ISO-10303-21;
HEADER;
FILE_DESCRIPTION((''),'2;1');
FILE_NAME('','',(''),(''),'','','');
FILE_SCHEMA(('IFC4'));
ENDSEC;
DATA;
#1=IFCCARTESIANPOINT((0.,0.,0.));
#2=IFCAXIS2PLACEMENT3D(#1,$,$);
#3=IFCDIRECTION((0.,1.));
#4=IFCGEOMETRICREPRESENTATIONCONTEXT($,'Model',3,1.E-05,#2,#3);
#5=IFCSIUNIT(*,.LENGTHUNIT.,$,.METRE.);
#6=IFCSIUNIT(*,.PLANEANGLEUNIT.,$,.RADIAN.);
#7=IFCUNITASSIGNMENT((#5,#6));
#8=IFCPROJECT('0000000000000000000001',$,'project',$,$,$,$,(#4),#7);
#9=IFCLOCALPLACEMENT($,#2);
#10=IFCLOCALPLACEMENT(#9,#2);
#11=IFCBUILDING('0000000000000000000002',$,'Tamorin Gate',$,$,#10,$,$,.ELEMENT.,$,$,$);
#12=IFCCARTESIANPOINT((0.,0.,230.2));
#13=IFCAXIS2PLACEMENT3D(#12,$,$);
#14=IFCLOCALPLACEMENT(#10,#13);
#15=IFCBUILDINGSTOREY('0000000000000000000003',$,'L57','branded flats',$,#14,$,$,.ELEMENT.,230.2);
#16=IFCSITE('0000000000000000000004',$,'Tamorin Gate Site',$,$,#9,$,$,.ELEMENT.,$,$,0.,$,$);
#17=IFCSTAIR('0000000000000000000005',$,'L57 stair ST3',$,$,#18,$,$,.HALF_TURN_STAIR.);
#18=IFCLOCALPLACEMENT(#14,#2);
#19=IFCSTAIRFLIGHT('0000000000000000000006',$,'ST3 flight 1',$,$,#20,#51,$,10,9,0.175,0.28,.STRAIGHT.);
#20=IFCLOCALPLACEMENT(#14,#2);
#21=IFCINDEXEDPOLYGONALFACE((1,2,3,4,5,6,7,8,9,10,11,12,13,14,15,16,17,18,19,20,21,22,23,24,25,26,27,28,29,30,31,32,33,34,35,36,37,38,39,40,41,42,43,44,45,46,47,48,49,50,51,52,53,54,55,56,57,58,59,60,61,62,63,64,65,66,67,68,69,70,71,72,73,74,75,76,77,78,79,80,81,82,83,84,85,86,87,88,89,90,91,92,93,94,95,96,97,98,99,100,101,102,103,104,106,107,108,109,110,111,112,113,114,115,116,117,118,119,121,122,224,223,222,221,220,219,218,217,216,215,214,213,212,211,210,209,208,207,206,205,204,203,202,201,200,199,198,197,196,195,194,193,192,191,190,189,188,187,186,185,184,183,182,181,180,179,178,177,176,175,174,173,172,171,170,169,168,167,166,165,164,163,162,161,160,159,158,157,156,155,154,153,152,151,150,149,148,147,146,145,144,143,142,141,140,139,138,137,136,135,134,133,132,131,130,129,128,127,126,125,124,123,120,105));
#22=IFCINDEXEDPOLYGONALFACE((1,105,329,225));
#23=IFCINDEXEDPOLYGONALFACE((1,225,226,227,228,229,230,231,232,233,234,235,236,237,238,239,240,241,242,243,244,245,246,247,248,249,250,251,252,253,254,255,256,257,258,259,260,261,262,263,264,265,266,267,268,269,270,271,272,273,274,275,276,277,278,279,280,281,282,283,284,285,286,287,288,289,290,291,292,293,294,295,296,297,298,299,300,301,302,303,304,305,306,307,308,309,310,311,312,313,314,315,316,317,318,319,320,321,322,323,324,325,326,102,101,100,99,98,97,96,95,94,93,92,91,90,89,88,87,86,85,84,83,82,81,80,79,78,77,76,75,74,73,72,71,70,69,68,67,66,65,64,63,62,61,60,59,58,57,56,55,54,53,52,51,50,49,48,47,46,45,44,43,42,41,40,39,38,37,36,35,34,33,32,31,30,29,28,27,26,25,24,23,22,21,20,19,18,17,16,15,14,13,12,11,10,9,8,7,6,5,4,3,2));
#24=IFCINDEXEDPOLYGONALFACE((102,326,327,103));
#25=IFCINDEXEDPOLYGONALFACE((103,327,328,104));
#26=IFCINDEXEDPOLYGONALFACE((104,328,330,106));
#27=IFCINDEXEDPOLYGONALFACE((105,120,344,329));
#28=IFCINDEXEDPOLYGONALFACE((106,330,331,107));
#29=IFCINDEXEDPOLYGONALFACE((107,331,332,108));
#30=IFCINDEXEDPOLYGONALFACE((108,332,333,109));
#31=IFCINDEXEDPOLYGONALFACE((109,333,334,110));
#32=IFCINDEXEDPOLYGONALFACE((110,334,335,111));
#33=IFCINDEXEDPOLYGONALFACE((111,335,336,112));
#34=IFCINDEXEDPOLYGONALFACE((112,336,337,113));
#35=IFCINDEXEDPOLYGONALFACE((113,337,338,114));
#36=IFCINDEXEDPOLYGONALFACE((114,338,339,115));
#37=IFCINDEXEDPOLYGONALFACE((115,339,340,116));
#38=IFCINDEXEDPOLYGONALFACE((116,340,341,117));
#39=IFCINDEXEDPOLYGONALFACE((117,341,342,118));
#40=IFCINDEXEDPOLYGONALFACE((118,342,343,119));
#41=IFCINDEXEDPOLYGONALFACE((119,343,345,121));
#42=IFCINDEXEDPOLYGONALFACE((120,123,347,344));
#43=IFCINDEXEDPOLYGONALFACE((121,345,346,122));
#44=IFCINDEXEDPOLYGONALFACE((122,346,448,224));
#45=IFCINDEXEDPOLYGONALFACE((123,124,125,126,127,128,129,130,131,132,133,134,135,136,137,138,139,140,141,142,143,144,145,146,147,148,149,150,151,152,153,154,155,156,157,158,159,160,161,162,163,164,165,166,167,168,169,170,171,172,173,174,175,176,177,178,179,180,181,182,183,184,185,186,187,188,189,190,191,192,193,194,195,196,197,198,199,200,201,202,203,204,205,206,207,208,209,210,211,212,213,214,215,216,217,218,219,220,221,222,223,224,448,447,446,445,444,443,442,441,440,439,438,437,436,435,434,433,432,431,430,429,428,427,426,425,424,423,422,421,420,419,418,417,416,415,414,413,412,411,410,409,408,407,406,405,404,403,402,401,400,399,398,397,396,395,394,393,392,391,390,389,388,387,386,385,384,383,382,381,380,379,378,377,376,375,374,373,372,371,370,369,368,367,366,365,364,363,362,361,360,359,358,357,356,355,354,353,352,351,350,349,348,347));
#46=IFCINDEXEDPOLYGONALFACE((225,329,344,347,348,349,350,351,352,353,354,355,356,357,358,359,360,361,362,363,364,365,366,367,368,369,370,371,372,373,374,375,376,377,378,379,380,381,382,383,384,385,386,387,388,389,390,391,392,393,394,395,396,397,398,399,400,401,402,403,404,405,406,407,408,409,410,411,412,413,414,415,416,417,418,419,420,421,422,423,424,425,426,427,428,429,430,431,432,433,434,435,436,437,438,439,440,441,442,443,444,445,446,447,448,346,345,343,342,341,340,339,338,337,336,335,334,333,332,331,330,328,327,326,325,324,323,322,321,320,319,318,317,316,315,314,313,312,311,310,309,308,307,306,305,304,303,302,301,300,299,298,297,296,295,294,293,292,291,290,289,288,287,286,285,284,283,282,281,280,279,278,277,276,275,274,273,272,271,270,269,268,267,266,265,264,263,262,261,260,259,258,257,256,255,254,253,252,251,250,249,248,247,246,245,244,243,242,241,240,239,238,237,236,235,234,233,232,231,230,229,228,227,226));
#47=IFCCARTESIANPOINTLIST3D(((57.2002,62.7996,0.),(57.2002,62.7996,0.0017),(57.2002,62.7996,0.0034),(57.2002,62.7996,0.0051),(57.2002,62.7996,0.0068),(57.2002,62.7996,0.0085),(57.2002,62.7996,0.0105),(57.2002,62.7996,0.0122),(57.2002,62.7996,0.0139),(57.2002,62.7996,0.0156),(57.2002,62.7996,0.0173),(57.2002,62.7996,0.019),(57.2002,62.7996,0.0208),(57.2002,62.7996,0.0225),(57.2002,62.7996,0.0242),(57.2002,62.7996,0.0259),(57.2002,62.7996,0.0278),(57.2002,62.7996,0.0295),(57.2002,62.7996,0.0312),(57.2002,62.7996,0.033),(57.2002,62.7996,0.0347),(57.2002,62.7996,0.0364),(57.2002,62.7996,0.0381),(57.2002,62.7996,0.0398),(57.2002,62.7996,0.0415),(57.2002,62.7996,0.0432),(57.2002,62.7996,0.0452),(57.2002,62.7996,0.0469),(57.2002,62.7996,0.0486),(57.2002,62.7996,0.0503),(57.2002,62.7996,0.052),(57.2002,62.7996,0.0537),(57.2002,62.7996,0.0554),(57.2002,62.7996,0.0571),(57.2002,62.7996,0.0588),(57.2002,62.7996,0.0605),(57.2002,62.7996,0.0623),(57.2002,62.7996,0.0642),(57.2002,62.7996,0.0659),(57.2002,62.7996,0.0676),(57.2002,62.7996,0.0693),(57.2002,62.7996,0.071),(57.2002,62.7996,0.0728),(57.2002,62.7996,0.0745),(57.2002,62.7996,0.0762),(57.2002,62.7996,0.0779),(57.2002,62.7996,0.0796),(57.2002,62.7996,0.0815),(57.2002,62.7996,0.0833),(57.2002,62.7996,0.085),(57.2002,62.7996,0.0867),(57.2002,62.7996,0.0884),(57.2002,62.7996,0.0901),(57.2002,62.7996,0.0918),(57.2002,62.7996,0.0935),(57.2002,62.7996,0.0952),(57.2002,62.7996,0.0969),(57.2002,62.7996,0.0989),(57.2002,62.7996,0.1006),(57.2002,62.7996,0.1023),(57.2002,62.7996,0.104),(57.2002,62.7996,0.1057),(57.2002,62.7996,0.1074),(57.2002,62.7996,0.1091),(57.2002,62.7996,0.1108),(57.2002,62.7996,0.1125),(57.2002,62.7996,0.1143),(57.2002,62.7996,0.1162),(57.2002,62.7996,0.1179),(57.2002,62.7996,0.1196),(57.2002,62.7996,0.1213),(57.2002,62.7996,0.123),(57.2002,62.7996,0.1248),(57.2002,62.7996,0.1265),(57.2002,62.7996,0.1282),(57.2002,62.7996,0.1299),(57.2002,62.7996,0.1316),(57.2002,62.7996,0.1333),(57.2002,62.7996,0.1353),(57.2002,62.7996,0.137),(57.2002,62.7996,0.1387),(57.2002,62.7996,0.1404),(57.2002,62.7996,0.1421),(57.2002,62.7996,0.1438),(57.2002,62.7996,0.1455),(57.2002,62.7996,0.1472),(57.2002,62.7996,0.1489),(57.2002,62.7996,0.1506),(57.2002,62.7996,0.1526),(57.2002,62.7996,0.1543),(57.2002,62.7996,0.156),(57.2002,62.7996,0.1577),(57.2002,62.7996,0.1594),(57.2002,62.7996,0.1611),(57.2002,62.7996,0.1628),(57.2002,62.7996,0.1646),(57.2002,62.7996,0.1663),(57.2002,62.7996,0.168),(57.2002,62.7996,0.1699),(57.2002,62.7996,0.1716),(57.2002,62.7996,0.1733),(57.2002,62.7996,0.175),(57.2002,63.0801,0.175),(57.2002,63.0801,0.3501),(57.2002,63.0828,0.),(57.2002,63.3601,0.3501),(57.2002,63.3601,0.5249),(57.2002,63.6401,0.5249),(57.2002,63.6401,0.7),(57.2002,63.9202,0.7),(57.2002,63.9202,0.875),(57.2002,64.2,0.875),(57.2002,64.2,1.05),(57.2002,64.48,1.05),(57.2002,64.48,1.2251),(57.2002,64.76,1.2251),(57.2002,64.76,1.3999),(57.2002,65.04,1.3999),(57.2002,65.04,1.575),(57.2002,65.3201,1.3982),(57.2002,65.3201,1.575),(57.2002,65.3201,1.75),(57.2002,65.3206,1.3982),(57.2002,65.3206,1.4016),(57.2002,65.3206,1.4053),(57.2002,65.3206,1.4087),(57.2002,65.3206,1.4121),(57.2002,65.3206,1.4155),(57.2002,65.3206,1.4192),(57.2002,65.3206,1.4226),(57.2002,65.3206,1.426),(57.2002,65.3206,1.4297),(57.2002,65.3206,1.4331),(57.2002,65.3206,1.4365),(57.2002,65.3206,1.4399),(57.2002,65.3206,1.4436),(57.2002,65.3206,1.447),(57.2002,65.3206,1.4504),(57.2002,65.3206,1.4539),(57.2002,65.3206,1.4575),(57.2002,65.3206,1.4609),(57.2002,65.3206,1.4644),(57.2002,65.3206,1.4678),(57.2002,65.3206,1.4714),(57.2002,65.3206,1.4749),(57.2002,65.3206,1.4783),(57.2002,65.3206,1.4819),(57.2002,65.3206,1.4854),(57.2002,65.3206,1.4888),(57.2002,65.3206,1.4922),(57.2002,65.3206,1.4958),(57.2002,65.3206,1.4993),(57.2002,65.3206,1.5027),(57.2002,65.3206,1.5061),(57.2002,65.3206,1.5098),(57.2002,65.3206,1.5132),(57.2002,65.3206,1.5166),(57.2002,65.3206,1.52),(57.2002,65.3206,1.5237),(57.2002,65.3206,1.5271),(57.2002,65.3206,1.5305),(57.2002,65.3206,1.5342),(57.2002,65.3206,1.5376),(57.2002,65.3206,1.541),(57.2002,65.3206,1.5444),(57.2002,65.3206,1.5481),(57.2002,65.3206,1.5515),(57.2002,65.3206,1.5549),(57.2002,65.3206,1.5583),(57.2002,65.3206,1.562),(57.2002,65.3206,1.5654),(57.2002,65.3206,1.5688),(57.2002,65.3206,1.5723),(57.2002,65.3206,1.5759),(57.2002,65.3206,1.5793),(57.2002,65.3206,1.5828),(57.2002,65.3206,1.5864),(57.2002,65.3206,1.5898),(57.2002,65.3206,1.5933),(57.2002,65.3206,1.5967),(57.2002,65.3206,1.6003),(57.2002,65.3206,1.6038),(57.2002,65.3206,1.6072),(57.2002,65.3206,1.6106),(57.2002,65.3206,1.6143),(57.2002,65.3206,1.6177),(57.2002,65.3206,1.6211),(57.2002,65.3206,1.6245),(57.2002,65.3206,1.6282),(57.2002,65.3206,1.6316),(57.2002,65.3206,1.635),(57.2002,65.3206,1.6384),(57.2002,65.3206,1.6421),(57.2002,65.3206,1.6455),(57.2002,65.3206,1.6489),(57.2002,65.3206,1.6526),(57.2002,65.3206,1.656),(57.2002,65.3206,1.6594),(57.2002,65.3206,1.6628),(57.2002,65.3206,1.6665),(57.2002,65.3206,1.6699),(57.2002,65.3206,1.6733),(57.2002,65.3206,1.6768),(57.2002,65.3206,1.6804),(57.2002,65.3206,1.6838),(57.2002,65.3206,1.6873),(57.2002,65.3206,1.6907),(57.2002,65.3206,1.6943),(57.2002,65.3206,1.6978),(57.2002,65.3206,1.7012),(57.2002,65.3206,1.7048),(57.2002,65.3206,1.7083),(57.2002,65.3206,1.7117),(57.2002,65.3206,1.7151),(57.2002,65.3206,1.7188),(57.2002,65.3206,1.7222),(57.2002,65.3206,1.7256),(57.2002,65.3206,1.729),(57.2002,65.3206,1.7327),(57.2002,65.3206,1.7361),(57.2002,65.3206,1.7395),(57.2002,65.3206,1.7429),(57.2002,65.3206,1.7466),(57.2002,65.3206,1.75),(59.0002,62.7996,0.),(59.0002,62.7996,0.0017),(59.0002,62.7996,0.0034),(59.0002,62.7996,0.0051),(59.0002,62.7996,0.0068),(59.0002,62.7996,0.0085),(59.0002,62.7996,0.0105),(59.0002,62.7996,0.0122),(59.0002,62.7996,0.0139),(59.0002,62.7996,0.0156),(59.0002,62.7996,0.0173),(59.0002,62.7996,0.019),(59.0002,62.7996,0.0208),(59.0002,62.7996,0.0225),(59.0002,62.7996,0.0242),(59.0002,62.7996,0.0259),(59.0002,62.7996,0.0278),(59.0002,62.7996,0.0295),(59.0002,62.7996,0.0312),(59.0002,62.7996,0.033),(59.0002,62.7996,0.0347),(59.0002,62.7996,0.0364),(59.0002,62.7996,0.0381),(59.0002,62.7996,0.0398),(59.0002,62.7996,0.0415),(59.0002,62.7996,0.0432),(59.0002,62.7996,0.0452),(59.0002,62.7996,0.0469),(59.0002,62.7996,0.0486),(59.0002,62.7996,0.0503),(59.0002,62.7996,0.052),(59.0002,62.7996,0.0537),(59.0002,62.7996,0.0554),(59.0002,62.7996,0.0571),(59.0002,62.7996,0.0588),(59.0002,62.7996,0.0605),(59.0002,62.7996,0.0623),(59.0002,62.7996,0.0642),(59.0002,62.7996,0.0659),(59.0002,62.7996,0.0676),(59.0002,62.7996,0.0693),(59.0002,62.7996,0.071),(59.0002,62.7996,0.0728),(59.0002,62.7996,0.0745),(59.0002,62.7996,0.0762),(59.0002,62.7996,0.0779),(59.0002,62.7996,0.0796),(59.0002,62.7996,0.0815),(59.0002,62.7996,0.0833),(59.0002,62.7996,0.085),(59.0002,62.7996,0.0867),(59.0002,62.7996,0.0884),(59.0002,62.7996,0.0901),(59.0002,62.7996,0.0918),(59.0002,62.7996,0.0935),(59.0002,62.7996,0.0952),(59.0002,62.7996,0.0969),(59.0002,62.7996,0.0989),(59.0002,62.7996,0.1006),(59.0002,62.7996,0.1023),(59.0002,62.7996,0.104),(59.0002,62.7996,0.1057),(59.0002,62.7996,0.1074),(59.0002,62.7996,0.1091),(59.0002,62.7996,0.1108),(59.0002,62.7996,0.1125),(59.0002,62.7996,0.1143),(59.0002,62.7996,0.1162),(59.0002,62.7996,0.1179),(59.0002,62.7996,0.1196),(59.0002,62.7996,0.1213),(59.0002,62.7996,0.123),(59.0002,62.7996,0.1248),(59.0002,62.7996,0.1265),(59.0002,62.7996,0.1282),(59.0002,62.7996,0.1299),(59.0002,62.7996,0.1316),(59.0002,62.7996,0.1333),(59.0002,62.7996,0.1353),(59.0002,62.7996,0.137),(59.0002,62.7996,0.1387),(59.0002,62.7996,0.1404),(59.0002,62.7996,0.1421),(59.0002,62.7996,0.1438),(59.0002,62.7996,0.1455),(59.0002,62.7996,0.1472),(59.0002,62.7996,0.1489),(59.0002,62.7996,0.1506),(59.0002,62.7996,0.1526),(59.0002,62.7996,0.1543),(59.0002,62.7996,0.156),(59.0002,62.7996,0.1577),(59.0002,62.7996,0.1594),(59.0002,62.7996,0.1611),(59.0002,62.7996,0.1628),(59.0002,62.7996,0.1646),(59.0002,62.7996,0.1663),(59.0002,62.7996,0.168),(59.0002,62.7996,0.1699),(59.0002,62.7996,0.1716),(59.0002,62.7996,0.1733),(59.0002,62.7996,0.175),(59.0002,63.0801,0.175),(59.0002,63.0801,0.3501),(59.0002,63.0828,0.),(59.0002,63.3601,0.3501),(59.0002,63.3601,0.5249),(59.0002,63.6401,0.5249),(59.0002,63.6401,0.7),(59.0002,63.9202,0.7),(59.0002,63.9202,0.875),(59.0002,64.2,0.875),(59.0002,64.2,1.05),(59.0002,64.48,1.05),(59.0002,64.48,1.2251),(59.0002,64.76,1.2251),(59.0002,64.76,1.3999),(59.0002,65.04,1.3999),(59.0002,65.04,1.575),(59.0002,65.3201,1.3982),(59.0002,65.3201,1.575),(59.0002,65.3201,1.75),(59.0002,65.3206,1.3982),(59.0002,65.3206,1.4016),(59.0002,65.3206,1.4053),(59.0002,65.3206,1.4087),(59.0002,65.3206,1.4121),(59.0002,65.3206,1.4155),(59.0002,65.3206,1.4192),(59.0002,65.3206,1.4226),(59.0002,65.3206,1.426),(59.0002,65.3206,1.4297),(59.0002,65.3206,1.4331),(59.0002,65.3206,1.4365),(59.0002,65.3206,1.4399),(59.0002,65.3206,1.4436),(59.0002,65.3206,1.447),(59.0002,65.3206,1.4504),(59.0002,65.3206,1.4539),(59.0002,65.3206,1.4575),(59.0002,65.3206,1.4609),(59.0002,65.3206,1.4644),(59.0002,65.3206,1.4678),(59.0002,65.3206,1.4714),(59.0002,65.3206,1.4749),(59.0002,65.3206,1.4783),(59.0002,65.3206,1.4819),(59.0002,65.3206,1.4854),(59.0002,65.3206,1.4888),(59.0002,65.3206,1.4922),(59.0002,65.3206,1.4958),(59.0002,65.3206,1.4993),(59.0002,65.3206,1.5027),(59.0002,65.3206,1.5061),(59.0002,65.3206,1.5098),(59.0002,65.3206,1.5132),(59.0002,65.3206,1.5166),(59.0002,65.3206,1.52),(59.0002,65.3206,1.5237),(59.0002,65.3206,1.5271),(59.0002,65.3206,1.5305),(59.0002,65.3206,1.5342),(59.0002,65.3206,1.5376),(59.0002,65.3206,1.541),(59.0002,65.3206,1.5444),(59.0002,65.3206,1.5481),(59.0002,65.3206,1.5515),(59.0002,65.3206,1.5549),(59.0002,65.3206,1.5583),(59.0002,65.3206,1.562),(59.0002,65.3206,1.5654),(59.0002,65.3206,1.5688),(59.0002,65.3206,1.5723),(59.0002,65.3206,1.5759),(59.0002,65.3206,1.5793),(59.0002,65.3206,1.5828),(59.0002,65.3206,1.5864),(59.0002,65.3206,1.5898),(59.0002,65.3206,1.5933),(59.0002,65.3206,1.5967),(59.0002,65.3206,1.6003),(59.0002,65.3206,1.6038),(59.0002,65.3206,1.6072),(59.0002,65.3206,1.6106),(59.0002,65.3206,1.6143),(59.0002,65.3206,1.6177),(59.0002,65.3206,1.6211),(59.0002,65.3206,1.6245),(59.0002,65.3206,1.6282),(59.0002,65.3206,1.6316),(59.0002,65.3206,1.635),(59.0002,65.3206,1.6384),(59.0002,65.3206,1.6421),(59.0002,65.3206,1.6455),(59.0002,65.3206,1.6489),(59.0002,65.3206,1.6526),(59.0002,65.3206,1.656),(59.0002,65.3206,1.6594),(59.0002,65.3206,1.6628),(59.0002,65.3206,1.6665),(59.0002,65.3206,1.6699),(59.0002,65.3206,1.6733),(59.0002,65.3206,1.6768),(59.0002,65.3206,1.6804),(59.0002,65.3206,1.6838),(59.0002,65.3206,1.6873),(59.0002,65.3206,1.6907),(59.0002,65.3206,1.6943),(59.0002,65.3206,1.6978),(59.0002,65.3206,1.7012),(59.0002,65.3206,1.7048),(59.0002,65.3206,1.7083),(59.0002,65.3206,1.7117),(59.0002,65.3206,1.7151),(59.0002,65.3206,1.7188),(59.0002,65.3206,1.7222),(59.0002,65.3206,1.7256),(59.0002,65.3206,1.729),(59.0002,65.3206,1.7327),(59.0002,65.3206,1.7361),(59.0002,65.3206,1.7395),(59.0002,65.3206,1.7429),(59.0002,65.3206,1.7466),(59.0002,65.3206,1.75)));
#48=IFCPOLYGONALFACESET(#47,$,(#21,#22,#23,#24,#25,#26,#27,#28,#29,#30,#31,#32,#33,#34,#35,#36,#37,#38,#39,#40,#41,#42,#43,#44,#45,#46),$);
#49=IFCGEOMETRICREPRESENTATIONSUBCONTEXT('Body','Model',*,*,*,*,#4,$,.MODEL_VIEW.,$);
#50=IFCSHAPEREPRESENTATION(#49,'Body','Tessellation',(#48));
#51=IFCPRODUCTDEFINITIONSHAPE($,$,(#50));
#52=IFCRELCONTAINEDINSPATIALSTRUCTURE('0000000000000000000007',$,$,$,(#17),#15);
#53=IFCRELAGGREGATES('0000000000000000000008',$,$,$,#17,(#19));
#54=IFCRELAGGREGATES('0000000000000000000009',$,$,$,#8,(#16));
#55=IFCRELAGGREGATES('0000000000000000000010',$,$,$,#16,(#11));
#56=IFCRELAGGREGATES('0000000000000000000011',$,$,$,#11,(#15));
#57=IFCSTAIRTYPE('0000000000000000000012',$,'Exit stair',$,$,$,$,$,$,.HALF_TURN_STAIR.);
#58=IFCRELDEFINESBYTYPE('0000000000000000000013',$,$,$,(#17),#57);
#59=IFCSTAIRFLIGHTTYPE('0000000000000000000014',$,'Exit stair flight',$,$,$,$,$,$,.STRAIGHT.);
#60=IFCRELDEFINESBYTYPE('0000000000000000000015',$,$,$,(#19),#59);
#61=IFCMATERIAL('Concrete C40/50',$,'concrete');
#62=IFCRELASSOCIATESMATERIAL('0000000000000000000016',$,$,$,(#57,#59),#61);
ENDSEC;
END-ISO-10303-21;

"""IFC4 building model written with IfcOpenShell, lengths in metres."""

from ifc_helpers import new_model, si_unit, direction, frame, origin, place, context, subcontext, project, spatial, polyline, outline, extrude, material, type_object, element, aggregate, save


model = new_model("IFC4")

# Units and contexts
model_context = context("Model", 3, precision=1e-05, world=origin(), true_north=direction((0.0, 1.0)))
body_context = subcontext(model_context, "Body", "Model", "MODEL_VIEW")
ifc_project = project(units=[si_unit("LENGTHUNIT", "METRE"), si_unit("PLANEANGLEUNIT", "RADIAN")], contexts=[model_context])

# Site, building, storey
site_placement = place(None, origin())
site = spatial("IfcSite", under=ifc_project, at=site_placement, Name="Tamorin Gate Site", CompositionType="ELEMENT", RefElevation=0.0)
building_placement = place(site_placement, origin())
building = spatial("IfcBuilding", under=site, at=building_placement, Name="Tamorin Gate", CompositionType="ELEMENT")
storey_placement = place(building_placement, frame((0.0, 0.0, 230.2)))
storey = spatial("IfcBuildingStorey", under=building, at=storey_placement, Name="L57", Description="branded flats", CompositionType="ELEMENT", Elevation=230.2)

# Stair, stair flight
ifc_material_1 = material(Name="Concrete C40/50", Category="concrete")
stair_type = type_object("IfcStairType", Name="Exit stair", PredefinedType="HALF_TURN_STAIR", material=ifc_material_1)
stair_placement = place(storey_placement, origin())
stair = element("IfcStair", 1, at=stair_placement, inside=storey, type_object=stair_type, Name="L57 stair ST3", PredefinedType="HALF_TURN_STAIR")
stair_flight_type = type_object("IfcStairFlightType", Name="Exit stair flight", PredefinedType="STRAIGHT", material=ifc_material_1)
stair_flight_1_placement = place(storey_placement, frame((58.1001, 62.8, 0.0), z_axis=(0.0, 0.0, 1.0), x_axis=(0.0, 1.0, 0.0)))
stair_flight_1 = element("IfcStairFlight", 2, at=stair_flight_1_placement, type_object=stair_flight_type, Name="ST3 flight 1", NumberOfRisers=10, NumberOfTreads=9, PredefinedType="STRAIGHT", RiserHeight=0.175, TreadLength=0.28, context=body_context, shape_type="SweptSolid", body=[
    extrude(outline(polyline([(-0.0005, 0.0), (-0.0005, 0.0017), (-0.0005, 0.0034), (-0.0005, 0.0051), (-0.0005, 0.0068), (-0.0005, 0.0085), (-0.0005, 0.0105), (-0.0005, 0.0122), (-0.0005, 0.0139), (-0.0005, 0.0156), (-0.0005, 0.0173), (-0.0005, 0.019), (-0.0005, 0.0208), (-0.0005, 0.0225), (-0.0005, 0.0242), (-0.0005, 0.0259), (-0.0005, 0.0278), (-0.0005, 0.0295), (-0.0005, 0.0312), (-0.0005, 0.033), (-0.0005, 0.0347), (-0.0005, 0.0364), (-0.0005, 0.0381), (-0.0005, 0.0398), (-0.0005, 0.0415), (-0.0005, 0.0432), (-0.0005, 0.0452), (-0.0005, 0.0469), (-0.0005, 0.0486), (-0.0005, 0.0503), (-0.0005, 0.052), (-0.0005, 0.0537), (-0.0005, 0.0554), (-0.0005, 0.0571), (-0.0005, 0.0588), (-0.0005, 0.0605), (-0.0005, 0.0623), (-0.0005, 0.0642), (-0.0005, 0.0659), (-0.0005, 0.0676), (-0.0005, 0.0693), (-0.0005, 0.071), (-0.0005, 0.0728), (-0.0005, 0.0745), (-0.0005, 0.0762), (-0.0005, 0.0779), (-0.0005, 0.0796), (-0.0005, 0.0815), (-0.0005, 0.0833), (-0.0005, 0.085), (-0.0005, 0.0867), (-0.0005, 0.0884), (-0.0005, 0.0901), (-0.0005, 0.0918), (-0.0005, 0.0935), (-0.0005, 0.0952), (-0.0005, 0.0969), (-0.0005, 0.0989), (-0.0005, 0.1006), (-0.0005, 0.1023), (-0.0005, 0.104), (-0.0005, 0.1057), (-0.0005, 0.1074), (-0.0005, 0.1091), (-0.0005, 0.1108), (-0.0005, 0.1125), (-0.0005, 0.1143), (-0.0005, 0.1162), (-0.0005, 0.1179), (-0.0005, 0.1196), (-0.0005, 0.1213), (-0.0005, 0.123), (-0.0005, 0.1248), (-0.0005, 0.1265), (-0.0005, 0.1282), (-0.0005, 0.1299), (-0.0005, 0.1316), (-0.0005, 0.1333), (-0.0005, 0.1353), (-0.0005, 0.137), (-0.0005, 0.1387), (-0.0005, 0.1404), (-0.0005, 0.1421), (-0.0005, 0.1438), (-0.0005, 0.1455), (-0.0005, 0.1472), (-0.0005, 0.1489), (-0.0005, 0.1506), (-0.0005, 0.1526), (-0.0005, 0.1543), (-0.0005, 0.156), (-0.0005, 0.1577), (-0.0005, 0.1594), (-0.0005, 0.1611), (-0.0005, 0.1628), (-0.0005, 0.1646), (-0.0005, 0.1663), (-0.0005, 0.168), (-0.0005, 0.1699), (-0.0005, 0.1716), (-0.0005, 0.1733), (-0.0005, 0.175), (0.28, 0.175), (0.28, 0.3501), (0.5601, 0.3501), (0.5601, 0.5249), (0.8401, 0.5249), (0.8401, 0.7), (1.1201, 0.7), (1.1201, 0.875), (1.3999, 0.875), (1.3999, 1.05), (1.6799, 1.05), (1.6799, 1.2251), (1.96, 1.2251), (1.96, 1.3999), (2.24, 1.3999), (2.24, 1.575), (2.52, 1.575), (2.52, 1.75), (2.5205, 1.75), (2.5205, 1.7466), (2.5205, 1.7429), (2.5205, 1.7395), (2.5205, 1.7361), (2.5205, 1.7327), (2.5205, 1.729), (2.5205, 1.7256), (2.5205, 1.7222), (2.5205, 1.7188), (2.5205, 1.7151), (2.5205, 1.7117), (2.5205, 1.7083), (2.5205, 1.7048), (2.5205, 1.7012), (2.5205, 1.6978), (2.5205, 1.6943), (2.5205, 1.6907), (2.5205, 1.6873), (2.5205, 1.6838), (2.5205, 1.6804), (2.5205, 1.6768), (2.5205, 1.6733), (2.5205, 1.6699), (2.5205, 1.6665), (2.5205, 1.6628), (2.5205, 1.6594), (2.5205, 1.656), (2.5205, 1.6526), (2.5205, 1.6489), (2.5205, 1.6455), (2.5205, 1.6421), (2.5205, 1.6384), (2.5205, 1.635), (2.5205, 1.6316), (2.5205, 1.6282), (2.5205, 1.6245), (2.5205, 1.6211), (2.5205, 1.6177), (2.5205, 1.6143), (2.5205, 1.6106), (2.5205, 1.6072), (2.5205, 1.6038), (2.5205, 1.6003), (2.5205, 1.5967), (2.5205, 1.5933), (2.5205, 1.5898), (2.5205, 1.5864), (2.5205, 1.5828), (2.5205, 1.5793), (2.5205, 1.5759), (2.5205, 1.5723), (2.5205, 1.5688), (2.5205, 1.5654), (2.5205, 1.562), (2.5205, 1.5583), (2.5205, 1.5549), (2.5205, 1.5515), (2.5205, 1.5481), (2.5205, 1.5444), (2.5205, 1.541), (2.5205, 1.5376), (2.5205, 1.5342), (2.5205, 1.5305), (2.5205, 1.5271), (2.5205, 1.5237), (2.5205, 1.52), (2.5205, 1.5166), (2.5205, 1.5132), (2.5205, 1.5098), (2.5205, 1.5061), (2.5205, 1.5027), (2.5205, 1.4993), (2.5205, 1.4958), (2.5205, 1.4922), (2.5205, 1.4888), (2.5205, 1.4854), (2.5205, 1.4819), (2.5205, 1.4783), (2.5205, 1.4749), (2.5205, 1.4714), (2.5205, 1.4678), (2.5205, 1.4644), (2.5205, 1.4609), (2.5205, 1.4575), (2.5205, 1.4539), (2.5205, 1.4504), (2.5205, 1.447), (2.5205, 1.4436), (2.5205, 1.4399), (2.5205, 1.4365), (2.5205, 1.4331), (2.5205, 1.4297), (2.5205, 1.426), (2.5205, 1.4226), (2.5205, 1.4192), (2.5205, 1.4155), (2.5205, 1.4121), (2.5205, 1.4087), (2.5205, 1.4053), (2.5205, 1.4016), (2.5205, 1.3982), (2.52, 1.3982), (0.2827, 0.0), (-0.0005, 0.0)])), frame((0.0, 0.8999, 0.0), z_axis=(0.0, -1.0, 0.0), x_axis=(1.0, 0.0, 0.0)), (0.0, 0.0, 1.0), 1.8),
])
aggregate(stair, [stair_flight_1])

save(model, "model.ifc")
